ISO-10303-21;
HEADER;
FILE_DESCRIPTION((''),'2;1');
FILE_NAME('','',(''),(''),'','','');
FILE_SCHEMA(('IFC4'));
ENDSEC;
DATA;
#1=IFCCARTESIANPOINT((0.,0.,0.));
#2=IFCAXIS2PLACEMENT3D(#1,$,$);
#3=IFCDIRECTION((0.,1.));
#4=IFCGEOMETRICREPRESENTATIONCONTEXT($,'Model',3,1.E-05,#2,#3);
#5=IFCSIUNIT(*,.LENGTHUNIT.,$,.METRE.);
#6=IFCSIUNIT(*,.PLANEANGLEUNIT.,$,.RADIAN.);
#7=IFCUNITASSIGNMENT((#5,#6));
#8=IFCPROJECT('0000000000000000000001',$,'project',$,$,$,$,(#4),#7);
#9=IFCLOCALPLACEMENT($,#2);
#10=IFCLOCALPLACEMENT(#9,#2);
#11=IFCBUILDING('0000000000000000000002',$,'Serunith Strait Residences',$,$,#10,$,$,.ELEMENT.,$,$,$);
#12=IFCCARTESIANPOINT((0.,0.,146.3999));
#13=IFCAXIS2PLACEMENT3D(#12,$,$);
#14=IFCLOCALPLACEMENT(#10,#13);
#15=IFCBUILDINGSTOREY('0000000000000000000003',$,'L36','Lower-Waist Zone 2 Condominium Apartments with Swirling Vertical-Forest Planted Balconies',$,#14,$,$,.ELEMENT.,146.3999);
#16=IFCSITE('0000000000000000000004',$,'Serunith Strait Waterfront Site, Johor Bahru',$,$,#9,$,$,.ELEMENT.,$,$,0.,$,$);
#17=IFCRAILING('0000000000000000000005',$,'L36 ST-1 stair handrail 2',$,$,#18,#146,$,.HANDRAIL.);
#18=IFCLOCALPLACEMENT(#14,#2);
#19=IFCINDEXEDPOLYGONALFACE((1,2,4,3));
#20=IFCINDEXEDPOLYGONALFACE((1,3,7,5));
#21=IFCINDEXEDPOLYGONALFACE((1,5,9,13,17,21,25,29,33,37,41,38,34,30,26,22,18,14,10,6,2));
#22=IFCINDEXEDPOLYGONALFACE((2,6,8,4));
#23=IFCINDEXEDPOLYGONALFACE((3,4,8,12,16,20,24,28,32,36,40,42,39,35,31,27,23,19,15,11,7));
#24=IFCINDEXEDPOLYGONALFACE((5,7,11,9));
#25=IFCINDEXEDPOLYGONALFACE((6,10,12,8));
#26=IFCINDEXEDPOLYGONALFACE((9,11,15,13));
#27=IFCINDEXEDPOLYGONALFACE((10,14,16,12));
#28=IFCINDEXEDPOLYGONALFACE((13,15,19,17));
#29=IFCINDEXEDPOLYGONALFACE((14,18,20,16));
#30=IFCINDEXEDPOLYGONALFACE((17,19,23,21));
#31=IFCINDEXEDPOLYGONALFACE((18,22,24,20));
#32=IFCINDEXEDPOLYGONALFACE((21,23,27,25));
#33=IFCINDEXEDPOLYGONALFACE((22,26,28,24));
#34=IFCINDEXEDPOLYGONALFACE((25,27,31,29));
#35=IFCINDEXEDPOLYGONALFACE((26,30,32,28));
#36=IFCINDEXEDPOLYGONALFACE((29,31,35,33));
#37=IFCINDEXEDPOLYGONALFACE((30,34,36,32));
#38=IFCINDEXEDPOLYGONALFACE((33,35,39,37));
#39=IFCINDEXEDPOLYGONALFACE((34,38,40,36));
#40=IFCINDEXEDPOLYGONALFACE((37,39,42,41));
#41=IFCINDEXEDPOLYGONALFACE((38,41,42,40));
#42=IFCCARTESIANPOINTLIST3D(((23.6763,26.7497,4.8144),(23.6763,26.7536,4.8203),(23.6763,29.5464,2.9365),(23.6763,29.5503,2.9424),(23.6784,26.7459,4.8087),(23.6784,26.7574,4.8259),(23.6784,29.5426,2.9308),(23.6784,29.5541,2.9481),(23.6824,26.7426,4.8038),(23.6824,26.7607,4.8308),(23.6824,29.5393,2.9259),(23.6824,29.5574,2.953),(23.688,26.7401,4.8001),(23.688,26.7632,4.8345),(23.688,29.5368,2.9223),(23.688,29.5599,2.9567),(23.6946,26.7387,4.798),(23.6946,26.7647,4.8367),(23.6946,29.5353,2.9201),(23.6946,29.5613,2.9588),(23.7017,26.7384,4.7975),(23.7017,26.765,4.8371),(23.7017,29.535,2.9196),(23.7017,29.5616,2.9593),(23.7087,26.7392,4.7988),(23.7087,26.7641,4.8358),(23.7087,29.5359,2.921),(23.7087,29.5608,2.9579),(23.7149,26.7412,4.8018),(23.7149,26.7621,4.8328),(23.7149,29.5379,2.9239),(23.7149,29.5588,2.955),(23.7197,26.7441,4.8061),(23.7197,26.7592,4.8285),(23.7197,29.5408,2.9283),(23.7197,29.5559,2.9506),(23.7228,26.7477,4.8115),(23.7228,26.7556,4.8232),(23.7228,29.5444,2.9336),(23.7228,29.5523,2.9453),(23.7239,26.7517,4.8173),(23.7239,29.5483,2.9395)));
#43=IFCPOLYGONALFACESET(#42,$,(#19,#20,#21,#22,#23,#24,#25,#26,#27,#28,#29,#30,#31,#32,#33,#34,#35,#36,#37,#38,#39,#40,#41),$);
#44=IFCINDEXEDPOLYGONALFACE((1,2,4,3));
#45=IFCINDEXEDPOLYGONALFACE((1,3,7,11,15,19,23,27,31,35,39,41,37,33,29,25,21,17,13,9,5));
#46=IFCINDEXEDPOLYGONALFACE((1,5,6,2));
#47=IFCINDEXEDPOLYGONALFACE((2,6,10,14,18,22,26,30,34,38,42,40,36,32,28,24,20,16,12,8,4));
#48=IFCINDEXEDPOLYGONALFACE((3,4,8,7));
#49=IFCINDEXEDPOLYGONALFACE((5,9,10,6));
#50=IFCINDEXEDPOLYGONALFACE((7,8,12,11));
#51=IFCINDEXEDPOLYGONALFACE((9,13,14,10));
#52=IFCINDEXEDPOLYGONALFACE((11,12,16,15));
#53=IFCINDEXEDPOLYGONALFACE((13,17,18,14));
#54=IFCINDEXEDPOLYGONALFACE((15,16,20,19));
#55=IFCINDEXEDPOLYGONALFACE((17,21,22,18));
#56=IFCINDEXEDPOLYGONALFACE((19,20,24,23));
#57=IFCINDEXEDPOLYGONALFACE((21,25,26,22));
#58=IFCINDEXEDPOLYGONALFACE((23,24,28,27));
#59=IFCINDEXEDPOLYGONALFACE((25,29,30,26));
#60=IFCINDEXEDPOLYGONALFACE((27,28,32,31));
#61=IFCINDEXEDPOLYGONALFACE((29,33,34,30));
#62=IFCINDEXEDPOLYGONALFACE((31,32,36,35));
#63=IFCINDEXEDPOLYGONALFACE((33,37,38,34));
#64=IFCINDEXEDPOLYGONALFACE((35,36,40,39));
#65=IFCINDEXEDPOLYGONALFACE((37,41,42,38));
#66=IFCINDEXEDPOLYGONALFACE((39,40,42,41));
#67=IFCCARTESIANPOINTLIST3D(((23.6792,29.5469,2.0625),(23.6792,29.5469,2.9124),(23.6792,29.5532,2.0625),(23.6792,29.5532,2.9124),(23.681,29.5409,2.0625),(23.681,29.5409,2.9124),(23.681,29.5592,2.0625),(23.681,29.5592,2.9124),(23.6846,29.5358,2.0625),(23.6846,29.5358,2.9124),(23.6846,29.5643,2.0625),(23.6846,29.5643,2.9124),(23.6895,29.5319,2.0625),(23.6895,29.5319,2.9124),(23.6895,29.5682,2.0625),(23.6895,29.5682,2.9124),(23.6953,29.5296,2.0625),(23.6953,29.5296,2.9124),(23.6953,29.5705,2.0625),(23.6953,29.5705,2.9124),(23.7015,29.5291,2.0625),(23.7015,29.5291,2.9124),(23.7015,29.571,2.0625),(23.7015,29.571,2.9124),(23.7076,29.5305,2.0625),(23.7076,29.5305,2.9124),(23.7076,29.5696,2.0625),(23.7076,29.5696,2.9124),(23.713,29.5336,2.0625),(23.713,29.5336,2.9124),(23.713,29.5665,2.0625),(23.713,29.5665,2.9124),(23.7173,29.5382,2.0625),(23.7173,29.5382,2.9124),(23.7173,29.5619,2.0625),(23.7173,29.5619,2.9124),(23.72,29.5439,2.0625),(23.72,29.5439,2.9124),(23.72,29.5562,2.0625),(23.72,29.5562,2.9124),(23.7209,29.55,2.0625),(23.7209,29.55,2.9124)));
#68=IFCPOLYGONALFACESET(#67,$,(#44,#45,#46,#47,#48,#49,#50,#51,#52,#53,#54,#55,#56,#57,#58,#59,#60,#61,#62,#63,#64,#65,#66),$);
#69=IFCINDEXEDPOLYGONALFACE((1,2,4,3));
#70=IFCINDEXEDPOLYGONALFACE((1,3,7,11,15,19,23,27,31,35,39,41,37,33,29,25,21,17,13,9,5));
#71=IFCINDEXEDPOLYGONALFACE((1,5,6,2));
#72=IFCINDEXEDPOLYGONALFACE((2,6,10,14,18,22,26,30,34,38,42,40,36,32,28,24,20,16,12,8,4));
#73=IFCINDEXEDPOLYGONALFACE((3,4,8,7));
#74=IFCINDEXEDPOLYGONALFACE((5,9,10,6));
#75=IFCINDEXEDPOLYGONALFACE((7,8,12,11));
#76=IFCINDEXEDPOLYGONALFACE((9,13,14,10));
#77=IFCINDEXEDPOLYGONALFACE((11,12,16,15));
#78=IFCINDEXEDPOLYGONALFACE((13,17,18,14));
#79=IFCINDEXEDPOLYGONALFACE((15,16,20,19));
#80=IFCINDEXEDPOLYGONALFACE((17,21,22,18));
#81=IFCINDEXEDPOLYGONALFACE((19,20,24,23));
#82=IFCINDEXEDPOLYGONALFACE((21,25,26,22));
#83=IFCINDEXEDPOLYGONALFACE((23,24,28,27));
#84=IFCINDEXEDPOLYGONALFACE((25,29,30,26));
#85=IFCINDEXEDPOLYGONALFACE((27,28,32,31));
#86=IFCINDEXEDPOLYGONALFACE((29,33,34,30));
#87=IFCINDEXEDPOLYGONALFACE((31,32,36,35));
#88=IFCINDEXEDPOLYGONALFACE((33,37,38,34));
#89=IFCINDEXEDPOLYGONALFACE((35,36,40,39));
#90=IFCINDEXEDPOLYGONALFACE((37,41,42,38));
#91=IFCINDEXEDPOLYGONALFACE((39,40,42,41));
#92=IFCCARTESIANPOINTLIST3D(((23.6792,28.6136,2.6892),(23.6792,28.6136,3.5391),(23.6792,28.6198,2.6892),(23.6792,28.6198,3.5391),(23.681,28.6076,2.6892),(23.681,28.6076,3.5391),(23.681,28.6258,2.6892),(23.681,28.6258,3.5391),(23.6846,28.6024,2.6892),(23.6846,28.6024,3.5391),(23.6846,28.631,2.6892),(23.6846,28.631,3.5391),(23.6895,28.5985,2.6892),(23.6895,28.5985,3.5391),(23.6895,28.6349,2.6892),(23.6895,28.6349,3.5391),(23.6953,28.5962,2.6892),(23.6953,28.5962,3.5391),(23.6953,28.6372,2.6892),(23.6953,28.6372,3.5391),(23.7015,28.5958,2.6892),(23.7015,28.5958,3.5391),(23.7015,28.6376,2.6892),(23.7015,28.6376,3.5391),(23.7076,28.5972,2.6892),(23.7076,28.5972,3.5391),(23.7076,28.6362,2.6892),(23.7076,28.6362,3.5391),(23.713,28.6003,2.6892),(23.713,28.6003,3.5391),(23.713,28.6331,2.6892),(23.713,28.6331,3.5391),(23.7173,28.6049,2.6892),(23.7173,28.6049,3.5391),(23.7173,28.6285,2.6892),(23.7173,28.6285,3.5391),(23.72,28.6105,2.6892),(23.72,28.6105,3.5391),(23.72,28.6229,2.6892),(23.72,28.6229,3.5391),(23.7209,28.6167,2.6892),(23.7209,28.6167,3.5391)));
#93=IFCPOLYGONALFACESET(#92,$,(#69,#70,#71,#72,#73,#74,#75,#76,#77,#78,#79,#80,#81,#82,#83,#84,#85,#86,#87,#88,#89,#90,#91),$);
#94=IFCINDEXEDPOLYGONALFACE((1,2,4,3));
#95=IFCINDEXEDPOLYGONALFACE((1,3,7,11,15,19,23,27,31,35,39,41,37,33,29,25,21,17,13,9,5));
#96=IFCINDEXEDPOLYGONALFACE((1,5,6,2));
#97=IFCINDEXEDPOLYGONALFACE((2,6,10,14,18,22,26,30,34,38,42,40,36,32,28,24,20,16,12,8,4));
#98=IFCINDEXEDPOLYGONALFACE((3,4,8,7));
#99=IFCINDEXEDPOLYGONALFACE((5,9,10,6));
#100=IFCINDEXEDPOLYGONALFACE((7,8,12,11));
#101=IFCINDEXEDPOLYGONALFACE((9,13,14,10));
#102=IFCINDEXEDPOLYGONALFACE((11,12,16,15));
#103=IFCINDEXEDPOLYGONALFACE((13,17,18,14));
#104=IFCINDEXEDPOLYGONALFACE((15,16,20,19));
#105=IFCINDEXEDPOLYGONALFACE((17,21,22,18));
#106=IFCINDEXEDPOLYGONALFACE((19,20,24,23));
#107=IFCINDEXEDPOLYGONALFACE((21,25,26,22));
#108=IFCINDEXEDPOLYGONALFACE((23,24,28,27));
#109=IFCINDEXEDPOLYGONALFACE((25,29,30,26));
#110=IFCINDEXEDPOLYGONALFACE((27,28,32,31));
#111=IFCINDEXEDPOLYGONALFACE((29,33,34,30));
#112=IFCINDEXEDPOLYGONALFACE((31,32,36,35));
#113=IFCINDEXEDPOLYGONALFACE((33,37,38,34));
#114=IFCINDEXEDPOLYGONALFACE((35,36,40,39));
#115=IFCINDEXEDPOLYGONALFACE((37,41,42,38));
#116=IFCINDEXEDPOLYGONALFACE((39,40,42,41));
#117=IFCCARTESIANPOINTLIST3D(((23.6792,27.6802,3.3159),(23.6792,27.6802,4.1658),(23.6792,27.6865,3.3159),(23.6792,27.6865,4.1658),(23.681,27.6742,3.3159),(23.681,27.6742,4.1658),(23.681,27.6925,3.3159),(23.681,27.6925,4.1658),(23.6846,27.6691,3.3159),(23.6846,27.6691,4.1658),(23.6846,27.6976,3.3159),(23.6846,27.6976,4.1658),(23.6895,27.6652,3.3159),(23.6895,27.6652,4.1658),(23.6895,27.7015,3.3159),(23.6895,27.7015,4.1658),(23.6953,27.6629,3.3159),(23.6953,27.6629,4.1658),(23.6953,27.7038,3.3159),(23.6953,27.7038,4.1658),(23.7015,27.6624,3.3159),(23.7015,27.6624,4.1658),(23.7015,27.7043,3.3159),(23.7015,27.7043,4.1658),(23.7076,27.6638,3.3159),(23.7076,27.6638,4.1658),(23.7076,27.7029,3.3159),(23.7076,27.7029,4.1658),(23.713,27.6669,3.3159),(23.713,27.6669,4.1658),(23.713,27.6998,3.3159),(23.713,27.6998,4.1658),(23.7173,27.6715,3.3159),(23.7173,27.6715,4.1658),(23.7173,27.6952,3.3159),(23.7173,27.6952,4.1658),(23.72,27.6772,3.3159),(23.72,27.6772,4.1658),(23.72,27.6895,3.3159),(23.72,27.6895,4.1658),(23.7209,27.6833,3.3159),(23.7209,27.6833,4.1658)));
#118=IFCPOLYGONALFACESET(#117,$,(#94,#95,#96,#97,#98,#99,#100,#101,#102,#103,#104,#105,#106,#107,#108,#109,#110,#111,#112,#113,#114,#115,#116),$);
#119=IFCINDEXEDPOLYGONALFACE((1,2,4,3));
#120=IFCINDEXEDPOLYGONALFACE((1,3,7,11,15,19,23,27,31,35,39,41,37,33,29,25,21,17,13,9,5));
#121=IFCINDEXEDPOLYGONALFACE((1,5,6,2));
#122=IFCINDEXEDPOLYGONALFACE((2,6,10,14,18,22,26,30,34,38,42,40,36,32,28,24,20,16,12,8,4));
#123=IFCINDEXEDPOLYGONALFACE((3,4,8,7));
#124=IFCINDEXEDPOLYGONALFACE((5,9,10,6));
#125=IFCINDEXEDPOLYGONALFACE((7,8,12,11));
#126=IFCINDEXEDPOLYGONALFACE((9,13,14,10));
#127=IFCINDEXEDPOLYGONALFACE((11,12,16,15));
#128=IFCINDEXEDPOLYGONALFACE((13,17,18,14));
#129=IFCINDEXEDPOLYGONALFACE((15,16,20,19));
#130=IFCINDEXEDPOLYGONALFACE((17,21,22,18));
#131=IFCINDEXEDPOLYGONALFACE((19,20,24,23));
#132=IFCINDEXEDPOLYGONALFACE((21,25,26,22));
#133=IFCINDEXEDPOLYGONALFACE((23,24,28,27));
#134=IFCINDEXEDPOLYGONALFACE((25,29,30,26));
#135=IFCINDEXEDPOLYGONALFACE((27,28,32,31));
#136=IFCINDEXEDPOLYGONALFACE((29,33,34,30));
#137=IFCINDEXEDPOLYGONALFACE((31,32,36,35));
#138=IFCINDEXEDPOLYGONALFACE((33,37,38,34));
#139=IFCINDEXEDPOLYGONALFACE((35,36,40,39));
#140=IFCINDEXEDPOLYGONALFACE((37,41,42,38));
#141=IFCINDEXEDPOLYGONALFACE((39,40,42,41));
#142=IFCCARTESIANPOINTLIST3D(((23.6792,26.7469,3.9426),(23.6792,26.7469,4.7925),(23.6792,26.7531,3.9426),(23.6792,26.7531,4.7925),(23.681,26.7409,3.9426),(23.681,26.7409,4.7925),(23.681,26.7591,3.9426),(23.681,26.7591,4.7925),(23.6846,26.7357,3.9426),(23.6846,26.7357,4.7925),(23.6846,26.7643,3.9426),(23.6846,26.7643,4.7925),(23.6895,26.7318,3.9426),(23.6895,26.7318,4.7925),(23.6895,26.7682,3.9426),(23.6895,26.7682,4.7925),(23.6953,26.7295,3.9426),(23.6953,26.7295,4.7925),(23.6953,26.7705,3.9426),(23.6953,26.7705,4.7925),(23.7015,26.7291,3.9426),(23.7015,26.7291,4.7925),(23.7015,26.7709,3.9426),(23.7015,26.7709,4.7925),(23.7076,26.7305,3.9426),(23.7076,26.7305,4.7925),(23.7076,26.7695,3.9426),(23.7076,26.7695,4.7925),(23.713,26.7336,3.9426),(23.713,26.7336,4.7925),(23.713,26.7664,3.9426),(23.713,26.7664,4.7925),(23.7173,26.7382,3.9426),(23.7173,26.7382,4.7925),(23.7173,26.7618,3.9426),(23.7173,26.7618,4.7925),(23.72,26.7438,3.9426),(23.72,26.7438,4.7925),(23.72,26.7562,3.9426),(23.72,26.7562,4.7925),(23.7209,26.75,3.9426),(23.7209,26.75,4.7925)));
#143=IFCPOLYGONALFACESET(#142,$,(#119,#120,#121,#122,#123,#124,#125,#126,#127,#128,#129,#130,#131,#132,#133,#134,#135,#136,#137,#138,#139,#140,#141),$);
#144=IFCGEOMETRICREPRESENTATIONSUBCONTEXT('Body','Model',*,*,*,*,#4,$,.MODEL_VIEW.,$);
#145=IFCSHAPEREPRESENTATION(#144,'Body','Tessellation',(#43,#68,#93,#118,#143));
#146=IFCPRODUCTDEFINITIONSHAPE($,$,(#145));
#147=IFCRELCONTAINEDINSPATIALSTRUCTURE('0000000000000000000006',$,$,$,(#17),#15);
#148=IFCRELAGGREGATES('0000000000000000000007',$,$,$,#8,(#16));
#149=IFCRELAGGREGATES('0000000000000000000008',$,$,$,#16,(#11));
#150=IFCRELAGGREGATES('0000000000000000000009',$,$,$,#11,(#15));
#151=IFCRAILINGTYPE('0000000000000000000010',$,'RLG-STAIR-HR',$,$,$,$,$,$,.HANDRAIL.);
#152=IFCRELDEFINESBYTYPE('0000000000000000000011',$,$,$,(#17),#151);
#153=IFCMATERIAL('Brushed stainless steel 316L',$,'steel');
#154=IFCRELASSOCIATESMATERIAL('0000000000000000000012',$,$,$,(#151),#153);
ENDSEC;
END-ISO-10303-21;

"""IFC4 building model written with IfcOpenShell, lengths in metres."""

from ifc_helpers import new_model, si_unit, direction, frame, origin, origin_2d, place, context, subcontext, project, spatial, circle, extrude, material, type_object, element, save


model = new_model("IFC4")

# Units and contexts
model_context = context("Model", 3, precision=1e-05, world=origin(), true_north=direction((0.0, 1.0)))
body_context = subcontext(model_context, "Body", "Model", "MODEL_VIEW")
ifc_project = project(units=[si_unit("LENGTHUNIT", "METRE"), si_unit("PLANEANGLEUNIT", "RADIAN")], contexts=[model_context])

# Site, building, storey
site_placement = place(None, origin())
site = spatial("IfcSite", under=ifc_project, at=site_placement, Name="Serunith Strait Waterfront Site, Johor Bahru", CompositionType="ELEMENT", RefElevation=0.0)
building_placement = place(site_placement, origin())
building = spatial("IfcBuilding", under=site, at=building_placement, Name="Serunith Strait Residences", CompositionType="ELEMENT")
storey_placement = place(building_placement, frame((0.0, 0.0, 146.3999)))
storey = spatial("IfcBuildingStorey", under=building, at=storey_placement, Name="L36", Description="Lower-Waist Zone 2 Condominium Apartments with Swirling Vertical-Forest Planted Balconies", CompositionType="ELEMENT", Elevation=146.3999)

# Railing
ifc_material_1 = material(Name="Brushed stainless steel 316L", Category="steel")
railing_type_1 = type_object("IfcRailingType", Name="RLG-STAIR-HR", PredefinedType="HANDRAIL", material=ifc_material_1)
railing_1_placement = place(storey_placement, frame((23.7, 29.55, 2.0625)))
element("IfcRailing", 1, at=railing_1_placement, inside=storey, type_object=railing_type_1, Name="L36 ST-1 stair handrail 2", PredefinedType="HANDRAIL", context=body_context, shape_type="SweptSolid", body=[
    extrude(circle(Radius=0.0239, at=origin_2d()), frame((0.0, -0.0017, 0.877), z_axis=(0.0, -0.830208, 0.557453), x_axis=(1.0, 0.0, 0.0)), (0.0, 0.0, 1.0), 3.3687),
    extrude(circle(Radius=0.021, at=origin_2d()), origin(), (0.0, 0.0, 1.0), 0.8499),
    extrude(circle(Radius=0.021, at=origin_2d()), frame((0.0, -0.9333, 0.6267)), (0.0, 0.0, 1.0), 0.8499),
    extrude(circle(Radius=0.021, at=origin_2d()), frame((0.0, -1.8667, 1.2534)), (0.0, 0.0, 1.0), 0.8499),
    extrude(circle(Radius=0.021, at=origin_2d()), frame((0.0, -2.8, 1.8801)), (0.0, 0.0, 1.0), 0.8499),
])

save(model, "model.ifc")
